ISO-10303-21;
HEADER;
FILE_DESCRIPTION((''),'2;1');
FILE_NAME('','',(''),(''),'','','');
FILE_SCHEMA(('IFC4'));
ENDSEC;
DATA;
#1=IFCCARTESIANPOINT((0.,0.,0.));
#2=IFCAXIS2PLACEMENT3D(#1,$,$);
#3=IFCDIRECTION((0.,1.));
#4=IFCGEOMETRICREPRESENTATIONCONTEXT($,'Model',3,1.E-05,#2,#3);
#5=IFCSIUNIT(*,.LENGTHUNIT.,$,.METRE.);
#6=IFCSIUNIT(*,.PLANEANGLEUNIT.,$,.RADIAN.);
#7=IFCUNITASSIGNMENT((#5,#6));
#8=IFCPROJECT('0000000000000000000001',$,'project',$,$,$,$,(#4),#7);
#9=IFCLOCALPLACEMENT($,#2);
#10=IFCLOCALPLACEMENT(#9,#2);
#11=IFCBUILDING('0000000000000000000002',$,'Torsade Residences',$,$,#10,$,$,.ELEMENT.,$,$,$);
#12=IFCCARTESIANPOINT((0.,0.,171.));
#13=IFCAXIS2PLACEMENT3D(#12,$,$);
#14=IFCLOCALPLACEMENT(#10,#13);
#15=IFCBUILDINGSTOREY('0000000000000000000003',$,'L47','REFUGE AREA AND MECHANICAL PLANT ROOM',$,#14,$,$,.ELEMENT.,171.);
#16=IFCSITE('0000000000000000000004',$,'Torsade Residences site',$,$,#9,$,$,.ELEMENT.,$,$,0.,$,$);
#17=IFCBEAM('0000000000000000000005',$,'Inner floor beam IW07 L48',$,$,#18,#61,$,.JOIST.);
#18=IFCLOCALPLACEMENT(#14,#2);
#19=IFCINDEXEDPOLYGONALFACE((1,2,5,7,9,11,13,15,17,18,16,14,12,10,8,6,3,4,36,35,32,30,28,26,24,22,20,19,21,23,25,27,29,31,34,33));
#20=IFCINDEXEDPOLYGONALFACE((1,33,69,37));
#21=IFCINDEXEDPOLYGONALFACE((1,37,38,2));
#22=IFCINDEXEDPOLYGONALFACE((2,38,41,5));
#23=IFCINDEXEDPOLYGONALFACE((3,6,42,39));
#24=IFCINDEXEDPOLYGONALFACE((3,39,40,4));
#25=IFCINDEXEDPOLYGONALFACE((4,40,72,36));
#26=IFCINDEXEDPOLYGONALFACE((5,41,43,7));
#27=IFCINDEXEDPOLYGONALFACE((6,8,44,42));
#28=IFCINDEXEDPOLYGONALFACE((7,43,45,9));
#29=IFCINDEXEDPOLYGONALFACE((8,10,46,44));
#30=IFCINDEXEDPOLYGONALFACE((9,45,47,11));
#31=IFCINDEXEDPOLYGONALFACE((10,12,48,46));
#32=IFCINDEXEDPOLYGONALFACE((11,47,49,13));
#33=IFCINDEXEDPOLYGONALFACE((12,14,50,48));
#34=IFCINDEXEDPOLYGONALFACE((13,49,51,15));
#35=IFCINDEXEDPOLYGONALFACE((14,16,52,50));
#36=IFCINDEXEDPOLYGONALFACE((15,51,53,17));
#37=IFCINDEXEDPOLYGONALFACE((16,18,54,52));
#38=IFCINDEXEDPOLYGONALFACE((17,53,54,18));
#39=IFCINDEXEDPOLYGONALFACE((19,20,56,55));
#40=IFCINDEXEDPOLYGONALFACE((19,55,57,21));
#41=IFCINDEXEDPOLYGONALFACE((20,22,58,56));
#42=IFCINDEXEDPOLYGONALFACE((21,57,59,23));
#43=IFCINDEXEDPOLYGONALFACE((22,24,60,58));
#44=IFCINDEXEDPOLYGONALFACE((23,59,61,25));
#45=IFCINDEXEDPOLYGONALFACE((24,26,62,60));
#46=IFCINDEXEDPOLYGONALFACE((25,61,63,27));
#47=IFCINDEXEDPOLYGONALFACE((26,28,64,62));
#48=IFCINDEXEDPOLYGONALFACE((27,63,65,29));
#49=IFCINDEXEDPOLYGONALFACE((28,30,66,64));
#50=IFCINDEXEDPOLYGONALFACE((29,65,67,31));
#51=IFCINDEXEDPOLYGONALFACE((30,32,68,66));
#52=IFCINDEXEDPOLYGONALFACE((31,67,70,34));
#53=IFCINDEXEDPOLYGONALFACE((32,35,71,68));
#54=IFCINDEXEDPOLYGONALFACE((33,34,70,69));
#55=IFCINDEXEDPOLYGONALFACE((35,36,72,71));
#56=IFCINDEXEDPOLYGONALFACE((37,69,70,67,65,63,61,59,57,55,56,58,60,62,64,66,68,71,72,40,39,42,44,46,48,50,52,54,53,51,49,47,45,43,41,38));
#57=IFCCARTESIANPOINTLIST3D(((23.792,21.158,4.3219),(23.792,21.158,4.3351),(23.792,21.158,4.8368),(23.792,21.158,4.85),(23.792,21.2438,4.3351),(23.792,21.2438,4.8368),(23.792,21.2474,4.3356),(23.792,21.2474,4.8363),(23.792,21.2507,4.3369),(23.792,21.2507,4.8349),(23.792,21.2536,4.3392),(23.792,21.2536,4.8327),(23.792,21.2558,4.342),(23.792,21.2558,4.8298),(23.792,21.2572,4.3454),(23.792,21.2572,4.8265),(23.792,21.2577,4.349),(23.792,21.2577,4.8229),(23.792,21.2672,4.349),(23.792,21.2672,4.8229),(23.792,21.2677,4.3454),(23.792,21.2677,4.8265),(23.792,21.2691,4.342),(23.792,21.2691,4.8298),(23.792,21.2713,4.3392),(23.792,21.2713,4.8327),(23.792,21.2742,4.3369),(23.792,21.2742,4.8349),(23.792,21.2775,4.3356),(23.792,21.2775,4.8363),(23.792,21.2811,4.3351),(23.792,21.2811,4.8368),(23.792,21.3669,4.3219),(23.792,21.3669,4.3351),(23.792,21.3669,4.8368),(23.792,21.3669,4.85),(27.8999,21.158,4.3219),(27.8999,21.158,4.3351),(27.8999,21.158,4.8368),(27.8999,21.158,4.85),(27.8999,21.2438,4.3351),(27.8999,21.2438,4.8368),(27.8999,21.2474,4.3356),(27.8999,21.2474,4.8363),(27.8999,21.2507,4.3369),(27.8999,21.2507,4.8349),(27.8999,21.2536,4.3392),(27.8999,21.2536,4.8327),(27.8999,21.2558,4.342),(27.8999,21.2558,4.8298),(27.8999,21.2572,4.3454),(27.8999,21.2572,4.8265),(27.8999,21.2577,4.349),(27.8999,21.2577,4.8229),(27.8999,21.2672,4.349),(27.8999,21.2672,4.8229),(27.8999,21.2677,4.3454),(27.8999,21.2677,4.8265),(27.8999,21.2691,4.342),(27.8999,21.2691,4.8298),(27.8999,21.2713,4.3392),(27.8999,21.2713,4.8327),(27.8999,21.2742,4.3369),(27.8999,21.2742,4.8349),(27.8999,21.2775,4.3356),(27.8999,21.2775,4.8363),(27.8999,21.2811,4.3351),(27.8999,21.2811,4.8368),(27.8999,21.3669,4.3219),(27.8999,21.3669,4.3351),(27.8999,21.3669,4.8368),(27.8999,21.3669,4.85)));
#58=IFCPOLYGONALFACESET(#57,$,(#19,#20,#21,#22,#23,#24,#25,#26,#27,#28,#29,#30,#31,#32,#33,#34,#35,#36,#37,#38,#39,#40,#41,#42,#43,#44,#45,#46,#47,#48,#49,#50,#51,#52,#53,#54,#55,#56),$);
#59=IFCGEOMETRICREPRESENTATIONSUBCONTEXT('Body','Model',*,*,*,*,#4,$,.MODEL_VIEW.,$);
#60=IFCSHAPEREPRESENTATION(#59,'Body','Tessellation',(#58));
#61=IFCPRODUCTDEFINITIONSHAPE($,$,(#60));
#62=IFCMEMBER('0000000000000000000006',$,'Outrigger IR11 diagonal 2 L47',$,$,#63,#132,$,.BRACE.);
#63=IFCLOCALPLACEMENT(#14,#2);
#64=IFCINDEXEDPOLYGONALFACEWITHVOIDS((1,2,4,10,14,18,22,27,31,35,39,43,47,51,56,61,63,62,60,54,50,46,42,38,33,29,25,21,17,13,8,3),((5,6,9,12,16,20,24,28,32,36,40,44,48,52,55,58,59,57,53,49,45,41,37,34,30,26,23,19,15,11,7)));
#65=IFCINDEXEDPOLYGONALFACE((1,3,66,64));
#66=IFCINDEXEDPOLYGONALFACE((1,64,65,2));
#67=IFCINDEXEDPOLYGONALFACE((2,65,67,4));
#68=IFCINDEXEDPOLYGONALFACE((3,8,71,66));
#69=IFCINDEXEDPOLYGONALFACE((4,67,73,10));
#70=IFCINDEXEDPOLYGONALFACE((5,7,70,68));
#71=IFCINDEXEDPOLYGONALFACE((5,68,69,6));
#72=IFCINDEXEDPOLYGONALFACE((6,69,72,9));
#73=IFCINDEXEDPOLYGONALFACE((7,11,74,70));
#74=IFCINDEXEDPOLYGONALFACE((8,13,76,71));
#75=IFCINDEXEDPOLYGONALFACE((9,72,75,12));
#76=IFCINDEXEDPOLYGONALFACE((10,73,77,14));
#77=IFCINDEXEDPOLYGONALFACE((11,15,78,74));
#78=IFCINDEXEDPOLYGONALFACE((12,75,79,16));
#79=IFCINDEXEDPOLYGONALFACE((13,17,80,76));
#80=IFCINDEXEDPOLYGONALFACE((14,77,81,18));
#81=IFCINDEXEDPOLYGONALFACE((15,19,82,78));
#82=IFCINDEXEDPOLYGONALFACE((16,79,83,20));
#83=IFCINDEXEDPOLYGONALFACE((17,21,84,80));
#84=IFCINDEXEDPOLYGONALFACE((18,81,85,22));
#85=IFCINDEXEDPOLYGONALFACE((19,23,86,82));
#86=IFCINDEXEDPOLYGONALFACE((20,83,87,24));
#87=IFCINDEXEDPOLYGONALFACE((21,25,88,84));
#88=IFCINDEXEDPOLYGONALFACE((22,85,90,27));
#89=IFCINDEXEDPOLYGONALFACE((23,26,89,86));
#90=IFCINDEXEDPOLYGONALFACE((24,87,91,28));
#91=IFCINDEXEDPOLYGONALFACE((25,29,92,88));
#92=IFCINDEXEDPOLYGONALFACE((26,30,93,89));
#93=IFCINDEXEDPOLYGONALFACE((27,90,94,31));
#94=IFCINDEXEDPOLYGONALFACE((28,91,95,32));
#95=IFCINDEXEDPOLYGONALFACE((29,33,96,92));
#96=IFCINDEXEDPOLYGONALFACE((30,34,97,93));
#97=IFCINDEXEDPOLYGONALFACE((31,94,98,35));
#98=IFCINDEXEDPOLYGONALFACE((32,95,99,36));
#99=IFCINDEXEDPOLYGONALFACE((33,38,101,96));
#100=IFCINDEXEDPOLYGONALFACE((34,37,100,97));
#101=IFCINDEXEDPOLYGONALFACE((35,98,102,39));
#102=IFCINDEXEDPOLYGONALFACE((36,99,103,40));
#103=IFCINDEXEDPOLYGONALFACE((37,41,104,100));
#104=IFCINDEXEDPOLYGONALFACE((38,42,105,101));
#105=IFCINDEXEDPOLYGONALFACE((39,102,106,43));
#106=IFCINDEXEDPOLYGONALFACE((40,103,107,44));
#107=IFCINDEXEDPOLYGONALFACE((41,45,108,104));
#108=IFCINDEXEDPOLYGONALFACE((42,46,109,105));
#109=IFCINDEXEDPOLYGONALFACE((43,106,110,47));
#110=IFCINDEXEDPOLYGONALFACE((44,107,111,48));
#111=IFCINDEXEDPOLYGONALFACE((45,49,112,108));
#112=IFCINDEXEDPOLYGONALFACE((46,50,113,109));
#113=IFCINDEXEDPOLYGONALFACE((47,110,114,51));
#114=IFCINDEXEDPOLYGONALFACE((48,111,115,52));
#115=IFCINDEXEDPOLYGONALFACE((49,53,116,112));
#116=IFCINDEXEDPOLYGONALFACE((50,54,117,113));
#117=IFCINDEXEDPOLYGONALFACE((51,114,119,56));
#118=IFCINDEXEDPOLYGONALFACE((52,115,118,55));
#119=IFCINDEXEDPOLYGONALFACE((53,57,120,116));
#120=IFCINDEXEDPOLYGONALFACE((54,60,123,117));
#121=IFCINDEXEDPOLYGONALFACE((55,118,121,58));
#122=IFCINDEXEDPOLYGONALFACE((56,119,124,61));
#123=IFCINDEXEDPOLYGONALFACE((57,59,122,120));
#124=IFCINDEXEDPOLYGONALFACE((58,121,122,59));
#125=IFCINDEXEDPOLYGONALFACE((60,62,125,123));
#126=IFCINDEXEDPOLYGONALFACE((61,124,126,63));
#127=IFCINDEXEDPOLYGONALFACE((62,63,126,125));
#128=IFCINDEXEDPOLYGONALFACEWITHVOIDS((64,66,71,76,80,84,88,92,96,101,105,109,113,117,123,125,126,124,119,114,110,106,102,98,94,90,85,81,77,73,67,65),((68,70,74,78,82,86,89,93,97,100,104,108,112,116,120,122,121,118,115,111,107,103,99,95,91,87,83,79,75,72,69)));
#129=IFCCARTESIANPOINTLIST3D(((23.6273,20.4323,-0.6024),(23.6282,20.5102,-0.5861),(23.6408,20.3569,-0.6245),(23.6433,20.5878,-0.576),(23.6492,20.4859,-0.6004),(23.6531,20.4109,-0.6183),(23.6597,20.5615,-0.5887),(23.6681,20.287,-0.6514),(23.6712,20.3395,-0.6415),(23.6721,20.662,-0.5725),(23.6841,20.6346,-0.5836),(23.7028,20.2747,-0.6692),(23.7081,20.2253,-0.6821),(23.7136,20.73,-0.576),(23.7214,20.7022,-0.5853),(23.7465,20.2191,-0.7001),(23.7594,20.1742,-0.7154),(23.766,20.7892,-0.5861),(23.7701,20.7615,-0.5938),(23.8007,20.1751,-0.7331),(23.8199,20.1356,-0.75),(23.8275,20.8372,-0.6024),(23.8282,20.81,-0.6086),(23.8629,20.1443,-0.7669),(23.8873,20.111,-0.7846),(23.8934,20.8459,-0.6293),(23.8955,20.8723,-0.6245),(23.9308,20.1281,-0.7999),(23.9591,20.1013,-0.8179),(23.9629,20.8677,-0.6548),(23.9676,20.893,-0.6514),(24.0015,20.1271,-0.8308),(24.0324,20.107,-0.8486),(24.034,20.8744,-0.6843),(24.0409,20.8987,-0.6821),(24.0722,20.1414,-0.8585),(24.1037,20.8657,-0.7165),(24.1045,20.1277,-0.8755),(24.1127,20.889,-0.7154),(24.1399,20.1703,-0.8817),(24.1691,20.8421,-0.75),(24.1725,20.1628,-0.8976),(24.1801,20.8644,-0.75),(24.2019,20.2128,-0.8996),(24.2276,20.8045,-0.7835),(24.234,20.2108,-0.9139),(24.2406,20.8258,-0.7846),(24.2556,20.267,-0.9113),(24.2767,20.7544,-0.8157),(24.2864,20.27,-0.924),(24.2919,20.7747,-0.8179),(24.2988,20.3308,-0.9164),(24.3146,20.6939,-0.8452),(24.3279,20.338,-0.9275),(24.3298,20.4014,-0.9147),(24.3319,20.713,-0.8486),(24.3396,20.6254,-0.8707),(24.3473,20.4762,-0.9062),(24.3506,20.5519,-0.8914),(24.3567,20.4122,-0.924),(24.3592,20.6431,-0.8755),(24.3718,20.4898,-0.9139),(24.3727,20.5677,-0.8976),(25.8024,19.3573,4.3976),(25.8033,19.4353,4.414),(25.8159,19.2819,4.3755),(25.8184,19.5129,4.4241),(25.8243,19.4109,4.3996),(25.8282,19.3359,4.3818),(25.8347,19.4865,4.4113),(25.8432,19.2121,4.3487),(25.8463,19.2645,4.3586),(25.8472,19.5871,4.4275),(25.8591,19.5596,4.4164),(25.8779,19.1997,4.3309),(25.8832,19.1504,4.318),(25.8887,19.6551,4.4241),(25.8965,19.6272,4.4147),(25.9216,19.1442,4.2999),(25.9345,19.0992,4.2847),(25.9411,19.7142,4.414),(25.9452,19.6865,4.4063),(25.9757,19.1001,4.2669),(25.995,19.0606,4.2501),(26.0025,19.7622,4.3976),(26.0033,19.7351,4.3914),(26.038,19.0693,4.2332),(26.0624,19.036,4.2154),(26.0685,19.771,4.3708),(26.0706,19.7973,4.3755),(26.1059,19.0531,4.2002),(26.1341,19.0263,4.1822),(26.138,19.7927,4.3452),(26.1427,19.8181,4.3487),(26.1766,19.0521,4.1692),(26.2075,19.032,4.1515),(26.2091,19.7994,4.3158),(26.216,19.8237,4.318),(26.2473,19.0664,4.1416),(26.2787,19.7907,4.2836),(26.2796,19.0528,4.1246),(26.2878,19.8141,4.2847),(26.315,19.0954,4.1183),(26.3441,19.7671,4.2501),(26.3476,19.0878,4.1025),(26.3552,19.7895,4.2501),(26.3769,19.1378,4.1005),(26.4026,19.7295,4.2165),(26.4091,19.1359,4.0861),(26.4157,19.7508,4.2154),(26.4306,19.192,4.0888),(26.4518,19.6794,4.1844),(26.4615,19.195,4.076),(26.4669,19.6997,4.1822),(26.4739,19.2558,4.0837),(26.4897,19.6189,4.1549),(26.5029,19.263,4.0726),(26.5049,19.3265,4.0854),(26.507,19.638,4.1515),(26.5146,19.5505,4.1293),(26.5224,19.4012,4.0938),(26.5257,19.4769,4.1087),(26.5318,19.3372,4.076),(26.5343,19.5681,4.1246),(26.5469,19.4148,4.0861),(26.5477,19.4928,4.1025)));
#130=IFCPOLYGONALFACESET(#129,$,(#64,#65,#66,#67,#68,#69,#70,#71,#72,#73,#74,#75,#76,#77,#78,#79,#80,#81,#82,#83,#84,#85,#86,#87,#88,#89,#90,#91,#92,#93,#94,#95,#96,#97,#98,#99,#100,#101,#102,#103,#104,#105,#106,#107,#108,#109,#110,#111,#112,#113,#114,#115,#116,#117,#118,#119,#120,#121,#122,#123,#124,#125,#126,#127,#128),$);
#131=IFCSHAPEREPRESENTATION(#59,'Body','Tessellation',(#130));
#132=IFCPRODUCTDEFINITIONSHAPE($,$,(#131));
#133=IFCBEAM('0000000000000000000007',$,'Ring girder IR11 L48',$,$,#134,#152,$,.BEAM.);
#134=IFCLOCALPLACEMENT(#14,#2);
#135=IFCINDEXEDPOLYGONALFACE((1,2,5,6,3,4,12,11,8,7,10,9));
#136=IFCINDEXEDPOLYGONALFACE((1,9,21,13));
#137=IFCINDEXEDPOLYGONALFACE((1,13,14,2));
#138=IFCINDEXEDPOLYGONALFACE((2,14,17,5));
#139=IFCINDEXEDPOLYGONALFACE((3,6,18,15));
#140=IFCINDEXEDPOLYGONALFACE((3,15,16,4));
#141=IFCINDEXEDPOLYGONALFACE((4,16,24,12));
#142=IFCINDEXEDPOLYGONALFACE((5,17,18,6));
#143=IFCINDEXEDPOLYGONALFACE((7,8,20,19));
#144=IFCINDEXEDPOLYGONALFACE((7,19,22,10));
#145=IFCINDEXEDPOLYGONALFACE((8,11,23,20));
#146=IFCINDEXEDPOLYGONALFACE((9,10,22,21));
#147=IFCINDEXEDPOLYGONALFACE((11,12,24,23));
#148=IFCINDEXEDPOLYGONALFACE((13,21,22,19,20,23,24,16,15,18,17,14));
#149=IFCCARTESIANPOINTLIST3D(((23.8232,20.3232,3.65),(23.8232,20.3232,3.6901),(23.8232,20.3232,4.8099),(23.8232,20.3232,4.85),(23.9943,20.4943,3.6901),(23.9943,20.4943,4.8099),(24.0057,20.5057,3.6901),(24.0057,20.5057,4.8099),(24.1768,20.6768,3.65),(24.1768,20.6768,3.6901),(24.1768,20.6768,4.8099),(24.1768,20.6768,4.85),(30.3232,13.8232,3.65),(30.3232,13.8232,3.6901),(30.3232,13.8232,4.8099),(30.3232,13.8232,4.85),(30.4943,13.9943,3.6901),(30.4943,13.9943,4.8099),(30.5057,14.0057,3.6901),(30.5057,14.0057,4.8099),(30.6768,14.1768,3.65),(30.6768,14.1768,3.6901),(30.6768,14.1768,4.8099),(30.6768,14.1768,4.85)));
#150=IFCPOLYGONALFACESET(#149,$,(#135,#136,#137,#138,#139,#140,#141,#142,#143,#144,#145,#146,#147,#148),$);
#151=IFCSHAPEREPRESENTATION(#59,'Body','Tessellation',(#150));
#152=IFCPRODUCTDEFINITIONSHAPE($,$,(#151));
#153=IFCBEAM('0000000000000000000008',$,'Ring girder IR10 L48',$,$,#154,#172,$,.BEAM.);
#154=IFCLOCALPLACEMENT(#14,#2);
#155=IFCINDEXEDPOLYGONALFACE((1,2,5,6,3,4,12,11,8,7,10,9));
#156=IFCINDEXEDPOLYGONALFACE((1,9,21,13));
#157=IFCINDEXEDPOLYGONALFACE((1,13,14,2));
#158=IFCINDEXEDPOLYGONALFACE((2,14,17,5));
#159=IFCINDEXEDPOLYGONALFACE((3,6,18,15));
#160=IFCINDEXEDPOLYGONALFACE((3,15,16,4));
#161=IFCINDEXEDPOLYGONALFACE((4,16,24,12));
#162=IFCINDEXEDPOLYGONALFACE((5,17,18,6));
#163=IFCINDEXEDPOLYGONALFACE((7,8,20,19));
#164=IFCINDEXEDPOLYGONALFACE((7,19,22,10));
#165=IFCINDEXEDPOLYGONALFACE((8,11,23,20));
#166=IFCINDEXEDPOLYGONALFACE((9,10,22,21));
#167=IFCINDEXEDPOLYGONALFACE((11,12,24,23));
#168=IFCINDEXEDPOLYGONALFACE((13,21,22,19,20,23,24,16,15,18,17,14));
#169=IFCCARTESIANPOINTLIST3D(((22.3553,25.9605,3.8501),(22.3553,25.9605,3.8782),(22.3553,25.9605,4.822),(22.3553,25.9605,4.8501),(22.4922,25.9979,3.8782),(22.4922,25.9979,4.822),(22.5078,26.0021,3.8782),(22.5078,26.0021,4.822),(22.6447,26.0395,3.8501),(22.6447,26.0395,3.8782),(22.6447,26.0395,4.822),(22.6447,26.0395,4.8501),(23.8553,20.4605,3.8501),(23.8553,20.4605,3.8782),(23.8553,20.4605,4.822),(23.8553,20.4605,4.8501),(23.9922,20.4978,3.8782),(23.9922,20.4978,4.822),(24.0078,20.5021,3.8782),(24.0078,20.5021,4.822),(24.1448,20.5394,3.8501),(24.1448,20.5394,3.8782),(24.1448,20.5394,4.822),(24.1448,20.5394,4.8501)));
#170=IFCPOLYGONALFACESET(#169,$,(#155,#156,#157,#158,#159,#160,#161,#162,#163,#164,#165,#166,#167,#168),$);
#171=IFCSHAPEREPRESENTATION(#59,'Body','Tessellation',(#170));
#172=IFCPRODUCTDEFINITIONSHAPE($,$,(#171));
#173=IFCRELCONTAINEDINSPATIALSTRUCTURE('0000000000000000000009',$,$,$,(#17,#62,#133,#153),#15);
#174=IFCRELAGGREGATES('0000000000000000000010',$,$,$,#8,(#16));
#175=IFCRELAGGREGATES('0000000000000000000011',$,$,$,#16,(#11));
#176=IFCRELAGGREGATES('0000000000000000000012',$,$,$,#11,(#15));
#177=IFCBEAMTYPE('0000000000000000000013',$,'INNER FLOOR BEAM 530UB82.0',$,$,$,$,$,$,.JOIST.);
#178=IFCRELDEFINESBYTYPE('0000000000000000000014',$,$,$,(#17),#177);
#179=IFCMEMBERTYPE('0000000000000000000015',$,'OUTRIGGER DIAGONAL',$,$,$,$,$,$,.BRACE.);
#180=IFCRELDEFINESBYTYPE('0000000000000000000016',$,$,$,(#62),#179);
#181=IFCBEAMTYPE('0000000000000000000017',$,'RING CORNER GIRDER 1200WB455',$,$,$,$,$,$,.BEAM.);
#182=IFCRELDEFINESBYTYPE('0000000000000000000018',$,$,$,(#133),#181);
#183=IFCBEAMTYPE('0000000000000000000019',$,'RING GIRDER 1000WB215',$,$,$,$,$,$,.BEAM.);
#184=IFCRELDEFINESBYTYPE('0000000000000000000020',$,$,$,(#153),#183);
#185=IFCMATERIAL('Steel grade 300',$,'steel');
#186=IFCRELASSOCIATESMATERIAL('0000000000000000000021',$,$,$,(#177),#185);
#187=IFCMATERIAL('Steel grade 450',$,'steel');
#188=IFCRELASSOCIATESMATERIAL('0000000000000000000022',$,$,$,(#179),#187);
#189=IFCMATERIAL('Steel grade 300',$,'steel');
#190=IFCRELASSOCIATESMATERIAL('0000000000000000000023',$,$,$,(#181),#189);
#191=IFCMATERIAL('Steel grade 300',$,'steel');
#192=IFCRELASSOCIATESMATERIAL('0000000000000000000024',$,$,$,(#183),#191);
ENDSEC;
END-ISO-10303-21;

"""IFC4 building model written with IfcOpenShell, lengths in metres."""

from ifc_helpers import new_model, si_unit, direction, frame, origin, origin_2d, place, context, subcontext, project, spatial, hollow_circle, i_section, extrude, material, material_profile, profile_set, type_object, element, save


model = new_model("IFC4")

# Units and contexts
model_context = context("Model", 3, precision=1e-05, world=origin(), true_north=direction((0.0, 1.0)))
body_context = subcontext(model_context, "Body", "Model", "MODEL_VIEW")
ifc_project = project(units=[si_unit("LENGTHUNIT", "METRE"), si_unit("PLANEANGLEUNIT", "RADIAN")], contexts=[model_context])

# Site, building, storey
site_placement = place(None, origin())
site = spatial("IfcSite", under=ifc_project, at=site_placement, Name="Torsade Residences site", CompositionType="ELEMENT", RefElevation=0.0)
building_placement = place(site_placement, origin())
building = spatial("IfcBuilding", under=site, at=building_placement, Name="Torsade Residences", CompositionType="ELEMENT")
storey_placement = place(building_placement, frame((0.0, 0.0, 171.0)))
storey = spatial("IfcBuildingStorey", under=building, at=storey_placement, Name="L47", Description="REFUGE AREA AND MECHANICAL PLANT ROOM", CompositionType="ELEMENT", Elevation=171.0)

# Beam
ifc_material_1 = material(Name="Steel grade 300", Category="steel")
ifc_material_profile_1 = material_profile(ifc_material_1, i_section(OverallWidth=0.209, OverallDepth=0.5281, WebThickness=0.0095, FlangeThickness=0.0132, FilletRadius=0.0139, at=origin_2d()), Name="530UB82.0")
ifc_profile_set_1 = profile_set([ifc_material_profile_1], Name="Steel grade 300")
beam_type_1 = type_object("IfcBeamType", Name="INNER FLOOR BEAM 530UB82.0", PredefinedType="JOIST", material=ifc_profile_set_1)
beam_1_placement = place(storey_placement, frame((27.8999, 21.2625, 4.5859), z_axis=(-1.0, 0.0, 0.0), x_axis=(0.0, -1.0, 0.0)))
element("IfcBeam", 1, at=beam_1_placement, inside=storey, type_object=beam_type_1, Name="Inner floor beam IW07 L48", PredefinedType="JOIST", context=body_context, shape_type="SweptSolid", body=[
    extrude(i_section(OverallWidth=0.209, OverallDepth=0.5281, WebThickness=0.0095, FlangeThickness=0.0132, FilletRadius=0.0139, at=origin_2d()), origin(), (0.0, 0.0, 1.0), 4.1079),
])

# Member
ifc_material_2 = material(Name="Steel grade 450", Category="steel")
ifc_material_profile_2 = material_profile(ifc_material_2, hollow_circle(Radius=0.4065, WallThickness=0.0249, at=origin_2d()), Name="813.0x25.0CHS")
ifc_profile_set_2 = profile_set([ifc_material_profile_2], Name="Steel grade 450")
member_type_1 = type_object("IfcMemberType", Name="OUTRIGGER DIAGONAL", PredefinedType="BRACE", material=ifc_profile_set_2)
member_1_placement = place(storey_placement, frame((24.0, 20.5, -0.75), z_axis=(0.391368, -0.193422, 0.899677), x_axis=(0.443063, 0.896491, 0.0)))
element("IfcMember", 2, at=member_1_placement, inside=storey, type_object=member_type_1, Name="Outrigger IR11 diagonal 2 L47", PredefinedType="BRACE", context=body_context, shape_type="SweptSolid", body=[
    extrude(hollow_circle(Radius=0.4065, WallThickness=0.0249, at=origin_2d()), origin(), (0.0, 0.0, 1.0), 5.5576),
])

# Beams
ifc_material_3 = material(Name="Steel grade 300", Category="steel")
ifc_material_profile_3 = material_profile(ifc_material_3, i_section(OverallWidth=0.5, OverallDepth=1.2, WebThickness=0.0161, FlangeThickness=0.04, at=origin_2d()), Name="1200WB455")
ifc_profile_set_3 = profile_set([ifc_material_profile_3], Name="Steel grade 300")
beam_type_2 = type_object("IfcBeamType", Name="RING CORNER GIRDER 1200WB455", PredefinedType="BEAM", material=ifc_profile_set_3)
beam_2_placement = place(storey_placement, frame((24.0, 20.5, 4.25), z_axis=(0.707107, -0.707107, 0.0), x_axis=(0.707107, 0.707107, 0.0)))
element("IfcBeam", 3, at=beam_2_placement, inside=storey, type_object=beam_type_2, Name="Ring girder IR11 L48", PredefinedType="BEAM", context=body_context, shape_type="SweptSolid", body=[
    extrude(i_section(OverallWidth=0.5, OverallDepth=1.2, WebThickness=0.0161, FlangeThickness=0.04, at=origin_2d()), origin(), (0.0, 0.0, 1.0), 9.1924),
])
ifc_material_4 = material(Name="Steel grade 300", Category="steel")
ifc_material_profile_4 = material_profile(ifc_material_4, i_section(OverallWidth=0.3, OverallDepth=1.0, WebThickness=0.0161, FlangeThickness=0.0281, at=origin_2d()), Name="1000WB215")
ifc_profile_set_4 = profile_set([ifc_material_profile_4], Name="Steel grade 300")
beam_type_3 = type_object("IfcBeamType", Name="RING GIRDER 1000WB215", PredefinedType="BEAM", material=ifc_profile_set_4)
beam_3_placement = place(storey_placement, frame((22.5, 26.0, 4.3501), z_axis=(0.263117, -0.964764, 0.0), x_axis=(0.964764, 0.263117, 0.0)))
element("IfcBeam", 4, at=beam_3_placement, inside=storey, type_object=beam_type_3, Name="Ring girder IR10 L48", PredefinedType="BEAM", context=body_context, shape_type="SweptSolid", body=[
    extrude(i_section(OverallWidth=0.3, OverallDepth=1.0, WebThickness=0.0161, FlangeThickness=0.0281, at=origin_2d()), origin(), (0.0, 0.0, 1.0), 5.7009),
])

save(model, "model.ifc")
